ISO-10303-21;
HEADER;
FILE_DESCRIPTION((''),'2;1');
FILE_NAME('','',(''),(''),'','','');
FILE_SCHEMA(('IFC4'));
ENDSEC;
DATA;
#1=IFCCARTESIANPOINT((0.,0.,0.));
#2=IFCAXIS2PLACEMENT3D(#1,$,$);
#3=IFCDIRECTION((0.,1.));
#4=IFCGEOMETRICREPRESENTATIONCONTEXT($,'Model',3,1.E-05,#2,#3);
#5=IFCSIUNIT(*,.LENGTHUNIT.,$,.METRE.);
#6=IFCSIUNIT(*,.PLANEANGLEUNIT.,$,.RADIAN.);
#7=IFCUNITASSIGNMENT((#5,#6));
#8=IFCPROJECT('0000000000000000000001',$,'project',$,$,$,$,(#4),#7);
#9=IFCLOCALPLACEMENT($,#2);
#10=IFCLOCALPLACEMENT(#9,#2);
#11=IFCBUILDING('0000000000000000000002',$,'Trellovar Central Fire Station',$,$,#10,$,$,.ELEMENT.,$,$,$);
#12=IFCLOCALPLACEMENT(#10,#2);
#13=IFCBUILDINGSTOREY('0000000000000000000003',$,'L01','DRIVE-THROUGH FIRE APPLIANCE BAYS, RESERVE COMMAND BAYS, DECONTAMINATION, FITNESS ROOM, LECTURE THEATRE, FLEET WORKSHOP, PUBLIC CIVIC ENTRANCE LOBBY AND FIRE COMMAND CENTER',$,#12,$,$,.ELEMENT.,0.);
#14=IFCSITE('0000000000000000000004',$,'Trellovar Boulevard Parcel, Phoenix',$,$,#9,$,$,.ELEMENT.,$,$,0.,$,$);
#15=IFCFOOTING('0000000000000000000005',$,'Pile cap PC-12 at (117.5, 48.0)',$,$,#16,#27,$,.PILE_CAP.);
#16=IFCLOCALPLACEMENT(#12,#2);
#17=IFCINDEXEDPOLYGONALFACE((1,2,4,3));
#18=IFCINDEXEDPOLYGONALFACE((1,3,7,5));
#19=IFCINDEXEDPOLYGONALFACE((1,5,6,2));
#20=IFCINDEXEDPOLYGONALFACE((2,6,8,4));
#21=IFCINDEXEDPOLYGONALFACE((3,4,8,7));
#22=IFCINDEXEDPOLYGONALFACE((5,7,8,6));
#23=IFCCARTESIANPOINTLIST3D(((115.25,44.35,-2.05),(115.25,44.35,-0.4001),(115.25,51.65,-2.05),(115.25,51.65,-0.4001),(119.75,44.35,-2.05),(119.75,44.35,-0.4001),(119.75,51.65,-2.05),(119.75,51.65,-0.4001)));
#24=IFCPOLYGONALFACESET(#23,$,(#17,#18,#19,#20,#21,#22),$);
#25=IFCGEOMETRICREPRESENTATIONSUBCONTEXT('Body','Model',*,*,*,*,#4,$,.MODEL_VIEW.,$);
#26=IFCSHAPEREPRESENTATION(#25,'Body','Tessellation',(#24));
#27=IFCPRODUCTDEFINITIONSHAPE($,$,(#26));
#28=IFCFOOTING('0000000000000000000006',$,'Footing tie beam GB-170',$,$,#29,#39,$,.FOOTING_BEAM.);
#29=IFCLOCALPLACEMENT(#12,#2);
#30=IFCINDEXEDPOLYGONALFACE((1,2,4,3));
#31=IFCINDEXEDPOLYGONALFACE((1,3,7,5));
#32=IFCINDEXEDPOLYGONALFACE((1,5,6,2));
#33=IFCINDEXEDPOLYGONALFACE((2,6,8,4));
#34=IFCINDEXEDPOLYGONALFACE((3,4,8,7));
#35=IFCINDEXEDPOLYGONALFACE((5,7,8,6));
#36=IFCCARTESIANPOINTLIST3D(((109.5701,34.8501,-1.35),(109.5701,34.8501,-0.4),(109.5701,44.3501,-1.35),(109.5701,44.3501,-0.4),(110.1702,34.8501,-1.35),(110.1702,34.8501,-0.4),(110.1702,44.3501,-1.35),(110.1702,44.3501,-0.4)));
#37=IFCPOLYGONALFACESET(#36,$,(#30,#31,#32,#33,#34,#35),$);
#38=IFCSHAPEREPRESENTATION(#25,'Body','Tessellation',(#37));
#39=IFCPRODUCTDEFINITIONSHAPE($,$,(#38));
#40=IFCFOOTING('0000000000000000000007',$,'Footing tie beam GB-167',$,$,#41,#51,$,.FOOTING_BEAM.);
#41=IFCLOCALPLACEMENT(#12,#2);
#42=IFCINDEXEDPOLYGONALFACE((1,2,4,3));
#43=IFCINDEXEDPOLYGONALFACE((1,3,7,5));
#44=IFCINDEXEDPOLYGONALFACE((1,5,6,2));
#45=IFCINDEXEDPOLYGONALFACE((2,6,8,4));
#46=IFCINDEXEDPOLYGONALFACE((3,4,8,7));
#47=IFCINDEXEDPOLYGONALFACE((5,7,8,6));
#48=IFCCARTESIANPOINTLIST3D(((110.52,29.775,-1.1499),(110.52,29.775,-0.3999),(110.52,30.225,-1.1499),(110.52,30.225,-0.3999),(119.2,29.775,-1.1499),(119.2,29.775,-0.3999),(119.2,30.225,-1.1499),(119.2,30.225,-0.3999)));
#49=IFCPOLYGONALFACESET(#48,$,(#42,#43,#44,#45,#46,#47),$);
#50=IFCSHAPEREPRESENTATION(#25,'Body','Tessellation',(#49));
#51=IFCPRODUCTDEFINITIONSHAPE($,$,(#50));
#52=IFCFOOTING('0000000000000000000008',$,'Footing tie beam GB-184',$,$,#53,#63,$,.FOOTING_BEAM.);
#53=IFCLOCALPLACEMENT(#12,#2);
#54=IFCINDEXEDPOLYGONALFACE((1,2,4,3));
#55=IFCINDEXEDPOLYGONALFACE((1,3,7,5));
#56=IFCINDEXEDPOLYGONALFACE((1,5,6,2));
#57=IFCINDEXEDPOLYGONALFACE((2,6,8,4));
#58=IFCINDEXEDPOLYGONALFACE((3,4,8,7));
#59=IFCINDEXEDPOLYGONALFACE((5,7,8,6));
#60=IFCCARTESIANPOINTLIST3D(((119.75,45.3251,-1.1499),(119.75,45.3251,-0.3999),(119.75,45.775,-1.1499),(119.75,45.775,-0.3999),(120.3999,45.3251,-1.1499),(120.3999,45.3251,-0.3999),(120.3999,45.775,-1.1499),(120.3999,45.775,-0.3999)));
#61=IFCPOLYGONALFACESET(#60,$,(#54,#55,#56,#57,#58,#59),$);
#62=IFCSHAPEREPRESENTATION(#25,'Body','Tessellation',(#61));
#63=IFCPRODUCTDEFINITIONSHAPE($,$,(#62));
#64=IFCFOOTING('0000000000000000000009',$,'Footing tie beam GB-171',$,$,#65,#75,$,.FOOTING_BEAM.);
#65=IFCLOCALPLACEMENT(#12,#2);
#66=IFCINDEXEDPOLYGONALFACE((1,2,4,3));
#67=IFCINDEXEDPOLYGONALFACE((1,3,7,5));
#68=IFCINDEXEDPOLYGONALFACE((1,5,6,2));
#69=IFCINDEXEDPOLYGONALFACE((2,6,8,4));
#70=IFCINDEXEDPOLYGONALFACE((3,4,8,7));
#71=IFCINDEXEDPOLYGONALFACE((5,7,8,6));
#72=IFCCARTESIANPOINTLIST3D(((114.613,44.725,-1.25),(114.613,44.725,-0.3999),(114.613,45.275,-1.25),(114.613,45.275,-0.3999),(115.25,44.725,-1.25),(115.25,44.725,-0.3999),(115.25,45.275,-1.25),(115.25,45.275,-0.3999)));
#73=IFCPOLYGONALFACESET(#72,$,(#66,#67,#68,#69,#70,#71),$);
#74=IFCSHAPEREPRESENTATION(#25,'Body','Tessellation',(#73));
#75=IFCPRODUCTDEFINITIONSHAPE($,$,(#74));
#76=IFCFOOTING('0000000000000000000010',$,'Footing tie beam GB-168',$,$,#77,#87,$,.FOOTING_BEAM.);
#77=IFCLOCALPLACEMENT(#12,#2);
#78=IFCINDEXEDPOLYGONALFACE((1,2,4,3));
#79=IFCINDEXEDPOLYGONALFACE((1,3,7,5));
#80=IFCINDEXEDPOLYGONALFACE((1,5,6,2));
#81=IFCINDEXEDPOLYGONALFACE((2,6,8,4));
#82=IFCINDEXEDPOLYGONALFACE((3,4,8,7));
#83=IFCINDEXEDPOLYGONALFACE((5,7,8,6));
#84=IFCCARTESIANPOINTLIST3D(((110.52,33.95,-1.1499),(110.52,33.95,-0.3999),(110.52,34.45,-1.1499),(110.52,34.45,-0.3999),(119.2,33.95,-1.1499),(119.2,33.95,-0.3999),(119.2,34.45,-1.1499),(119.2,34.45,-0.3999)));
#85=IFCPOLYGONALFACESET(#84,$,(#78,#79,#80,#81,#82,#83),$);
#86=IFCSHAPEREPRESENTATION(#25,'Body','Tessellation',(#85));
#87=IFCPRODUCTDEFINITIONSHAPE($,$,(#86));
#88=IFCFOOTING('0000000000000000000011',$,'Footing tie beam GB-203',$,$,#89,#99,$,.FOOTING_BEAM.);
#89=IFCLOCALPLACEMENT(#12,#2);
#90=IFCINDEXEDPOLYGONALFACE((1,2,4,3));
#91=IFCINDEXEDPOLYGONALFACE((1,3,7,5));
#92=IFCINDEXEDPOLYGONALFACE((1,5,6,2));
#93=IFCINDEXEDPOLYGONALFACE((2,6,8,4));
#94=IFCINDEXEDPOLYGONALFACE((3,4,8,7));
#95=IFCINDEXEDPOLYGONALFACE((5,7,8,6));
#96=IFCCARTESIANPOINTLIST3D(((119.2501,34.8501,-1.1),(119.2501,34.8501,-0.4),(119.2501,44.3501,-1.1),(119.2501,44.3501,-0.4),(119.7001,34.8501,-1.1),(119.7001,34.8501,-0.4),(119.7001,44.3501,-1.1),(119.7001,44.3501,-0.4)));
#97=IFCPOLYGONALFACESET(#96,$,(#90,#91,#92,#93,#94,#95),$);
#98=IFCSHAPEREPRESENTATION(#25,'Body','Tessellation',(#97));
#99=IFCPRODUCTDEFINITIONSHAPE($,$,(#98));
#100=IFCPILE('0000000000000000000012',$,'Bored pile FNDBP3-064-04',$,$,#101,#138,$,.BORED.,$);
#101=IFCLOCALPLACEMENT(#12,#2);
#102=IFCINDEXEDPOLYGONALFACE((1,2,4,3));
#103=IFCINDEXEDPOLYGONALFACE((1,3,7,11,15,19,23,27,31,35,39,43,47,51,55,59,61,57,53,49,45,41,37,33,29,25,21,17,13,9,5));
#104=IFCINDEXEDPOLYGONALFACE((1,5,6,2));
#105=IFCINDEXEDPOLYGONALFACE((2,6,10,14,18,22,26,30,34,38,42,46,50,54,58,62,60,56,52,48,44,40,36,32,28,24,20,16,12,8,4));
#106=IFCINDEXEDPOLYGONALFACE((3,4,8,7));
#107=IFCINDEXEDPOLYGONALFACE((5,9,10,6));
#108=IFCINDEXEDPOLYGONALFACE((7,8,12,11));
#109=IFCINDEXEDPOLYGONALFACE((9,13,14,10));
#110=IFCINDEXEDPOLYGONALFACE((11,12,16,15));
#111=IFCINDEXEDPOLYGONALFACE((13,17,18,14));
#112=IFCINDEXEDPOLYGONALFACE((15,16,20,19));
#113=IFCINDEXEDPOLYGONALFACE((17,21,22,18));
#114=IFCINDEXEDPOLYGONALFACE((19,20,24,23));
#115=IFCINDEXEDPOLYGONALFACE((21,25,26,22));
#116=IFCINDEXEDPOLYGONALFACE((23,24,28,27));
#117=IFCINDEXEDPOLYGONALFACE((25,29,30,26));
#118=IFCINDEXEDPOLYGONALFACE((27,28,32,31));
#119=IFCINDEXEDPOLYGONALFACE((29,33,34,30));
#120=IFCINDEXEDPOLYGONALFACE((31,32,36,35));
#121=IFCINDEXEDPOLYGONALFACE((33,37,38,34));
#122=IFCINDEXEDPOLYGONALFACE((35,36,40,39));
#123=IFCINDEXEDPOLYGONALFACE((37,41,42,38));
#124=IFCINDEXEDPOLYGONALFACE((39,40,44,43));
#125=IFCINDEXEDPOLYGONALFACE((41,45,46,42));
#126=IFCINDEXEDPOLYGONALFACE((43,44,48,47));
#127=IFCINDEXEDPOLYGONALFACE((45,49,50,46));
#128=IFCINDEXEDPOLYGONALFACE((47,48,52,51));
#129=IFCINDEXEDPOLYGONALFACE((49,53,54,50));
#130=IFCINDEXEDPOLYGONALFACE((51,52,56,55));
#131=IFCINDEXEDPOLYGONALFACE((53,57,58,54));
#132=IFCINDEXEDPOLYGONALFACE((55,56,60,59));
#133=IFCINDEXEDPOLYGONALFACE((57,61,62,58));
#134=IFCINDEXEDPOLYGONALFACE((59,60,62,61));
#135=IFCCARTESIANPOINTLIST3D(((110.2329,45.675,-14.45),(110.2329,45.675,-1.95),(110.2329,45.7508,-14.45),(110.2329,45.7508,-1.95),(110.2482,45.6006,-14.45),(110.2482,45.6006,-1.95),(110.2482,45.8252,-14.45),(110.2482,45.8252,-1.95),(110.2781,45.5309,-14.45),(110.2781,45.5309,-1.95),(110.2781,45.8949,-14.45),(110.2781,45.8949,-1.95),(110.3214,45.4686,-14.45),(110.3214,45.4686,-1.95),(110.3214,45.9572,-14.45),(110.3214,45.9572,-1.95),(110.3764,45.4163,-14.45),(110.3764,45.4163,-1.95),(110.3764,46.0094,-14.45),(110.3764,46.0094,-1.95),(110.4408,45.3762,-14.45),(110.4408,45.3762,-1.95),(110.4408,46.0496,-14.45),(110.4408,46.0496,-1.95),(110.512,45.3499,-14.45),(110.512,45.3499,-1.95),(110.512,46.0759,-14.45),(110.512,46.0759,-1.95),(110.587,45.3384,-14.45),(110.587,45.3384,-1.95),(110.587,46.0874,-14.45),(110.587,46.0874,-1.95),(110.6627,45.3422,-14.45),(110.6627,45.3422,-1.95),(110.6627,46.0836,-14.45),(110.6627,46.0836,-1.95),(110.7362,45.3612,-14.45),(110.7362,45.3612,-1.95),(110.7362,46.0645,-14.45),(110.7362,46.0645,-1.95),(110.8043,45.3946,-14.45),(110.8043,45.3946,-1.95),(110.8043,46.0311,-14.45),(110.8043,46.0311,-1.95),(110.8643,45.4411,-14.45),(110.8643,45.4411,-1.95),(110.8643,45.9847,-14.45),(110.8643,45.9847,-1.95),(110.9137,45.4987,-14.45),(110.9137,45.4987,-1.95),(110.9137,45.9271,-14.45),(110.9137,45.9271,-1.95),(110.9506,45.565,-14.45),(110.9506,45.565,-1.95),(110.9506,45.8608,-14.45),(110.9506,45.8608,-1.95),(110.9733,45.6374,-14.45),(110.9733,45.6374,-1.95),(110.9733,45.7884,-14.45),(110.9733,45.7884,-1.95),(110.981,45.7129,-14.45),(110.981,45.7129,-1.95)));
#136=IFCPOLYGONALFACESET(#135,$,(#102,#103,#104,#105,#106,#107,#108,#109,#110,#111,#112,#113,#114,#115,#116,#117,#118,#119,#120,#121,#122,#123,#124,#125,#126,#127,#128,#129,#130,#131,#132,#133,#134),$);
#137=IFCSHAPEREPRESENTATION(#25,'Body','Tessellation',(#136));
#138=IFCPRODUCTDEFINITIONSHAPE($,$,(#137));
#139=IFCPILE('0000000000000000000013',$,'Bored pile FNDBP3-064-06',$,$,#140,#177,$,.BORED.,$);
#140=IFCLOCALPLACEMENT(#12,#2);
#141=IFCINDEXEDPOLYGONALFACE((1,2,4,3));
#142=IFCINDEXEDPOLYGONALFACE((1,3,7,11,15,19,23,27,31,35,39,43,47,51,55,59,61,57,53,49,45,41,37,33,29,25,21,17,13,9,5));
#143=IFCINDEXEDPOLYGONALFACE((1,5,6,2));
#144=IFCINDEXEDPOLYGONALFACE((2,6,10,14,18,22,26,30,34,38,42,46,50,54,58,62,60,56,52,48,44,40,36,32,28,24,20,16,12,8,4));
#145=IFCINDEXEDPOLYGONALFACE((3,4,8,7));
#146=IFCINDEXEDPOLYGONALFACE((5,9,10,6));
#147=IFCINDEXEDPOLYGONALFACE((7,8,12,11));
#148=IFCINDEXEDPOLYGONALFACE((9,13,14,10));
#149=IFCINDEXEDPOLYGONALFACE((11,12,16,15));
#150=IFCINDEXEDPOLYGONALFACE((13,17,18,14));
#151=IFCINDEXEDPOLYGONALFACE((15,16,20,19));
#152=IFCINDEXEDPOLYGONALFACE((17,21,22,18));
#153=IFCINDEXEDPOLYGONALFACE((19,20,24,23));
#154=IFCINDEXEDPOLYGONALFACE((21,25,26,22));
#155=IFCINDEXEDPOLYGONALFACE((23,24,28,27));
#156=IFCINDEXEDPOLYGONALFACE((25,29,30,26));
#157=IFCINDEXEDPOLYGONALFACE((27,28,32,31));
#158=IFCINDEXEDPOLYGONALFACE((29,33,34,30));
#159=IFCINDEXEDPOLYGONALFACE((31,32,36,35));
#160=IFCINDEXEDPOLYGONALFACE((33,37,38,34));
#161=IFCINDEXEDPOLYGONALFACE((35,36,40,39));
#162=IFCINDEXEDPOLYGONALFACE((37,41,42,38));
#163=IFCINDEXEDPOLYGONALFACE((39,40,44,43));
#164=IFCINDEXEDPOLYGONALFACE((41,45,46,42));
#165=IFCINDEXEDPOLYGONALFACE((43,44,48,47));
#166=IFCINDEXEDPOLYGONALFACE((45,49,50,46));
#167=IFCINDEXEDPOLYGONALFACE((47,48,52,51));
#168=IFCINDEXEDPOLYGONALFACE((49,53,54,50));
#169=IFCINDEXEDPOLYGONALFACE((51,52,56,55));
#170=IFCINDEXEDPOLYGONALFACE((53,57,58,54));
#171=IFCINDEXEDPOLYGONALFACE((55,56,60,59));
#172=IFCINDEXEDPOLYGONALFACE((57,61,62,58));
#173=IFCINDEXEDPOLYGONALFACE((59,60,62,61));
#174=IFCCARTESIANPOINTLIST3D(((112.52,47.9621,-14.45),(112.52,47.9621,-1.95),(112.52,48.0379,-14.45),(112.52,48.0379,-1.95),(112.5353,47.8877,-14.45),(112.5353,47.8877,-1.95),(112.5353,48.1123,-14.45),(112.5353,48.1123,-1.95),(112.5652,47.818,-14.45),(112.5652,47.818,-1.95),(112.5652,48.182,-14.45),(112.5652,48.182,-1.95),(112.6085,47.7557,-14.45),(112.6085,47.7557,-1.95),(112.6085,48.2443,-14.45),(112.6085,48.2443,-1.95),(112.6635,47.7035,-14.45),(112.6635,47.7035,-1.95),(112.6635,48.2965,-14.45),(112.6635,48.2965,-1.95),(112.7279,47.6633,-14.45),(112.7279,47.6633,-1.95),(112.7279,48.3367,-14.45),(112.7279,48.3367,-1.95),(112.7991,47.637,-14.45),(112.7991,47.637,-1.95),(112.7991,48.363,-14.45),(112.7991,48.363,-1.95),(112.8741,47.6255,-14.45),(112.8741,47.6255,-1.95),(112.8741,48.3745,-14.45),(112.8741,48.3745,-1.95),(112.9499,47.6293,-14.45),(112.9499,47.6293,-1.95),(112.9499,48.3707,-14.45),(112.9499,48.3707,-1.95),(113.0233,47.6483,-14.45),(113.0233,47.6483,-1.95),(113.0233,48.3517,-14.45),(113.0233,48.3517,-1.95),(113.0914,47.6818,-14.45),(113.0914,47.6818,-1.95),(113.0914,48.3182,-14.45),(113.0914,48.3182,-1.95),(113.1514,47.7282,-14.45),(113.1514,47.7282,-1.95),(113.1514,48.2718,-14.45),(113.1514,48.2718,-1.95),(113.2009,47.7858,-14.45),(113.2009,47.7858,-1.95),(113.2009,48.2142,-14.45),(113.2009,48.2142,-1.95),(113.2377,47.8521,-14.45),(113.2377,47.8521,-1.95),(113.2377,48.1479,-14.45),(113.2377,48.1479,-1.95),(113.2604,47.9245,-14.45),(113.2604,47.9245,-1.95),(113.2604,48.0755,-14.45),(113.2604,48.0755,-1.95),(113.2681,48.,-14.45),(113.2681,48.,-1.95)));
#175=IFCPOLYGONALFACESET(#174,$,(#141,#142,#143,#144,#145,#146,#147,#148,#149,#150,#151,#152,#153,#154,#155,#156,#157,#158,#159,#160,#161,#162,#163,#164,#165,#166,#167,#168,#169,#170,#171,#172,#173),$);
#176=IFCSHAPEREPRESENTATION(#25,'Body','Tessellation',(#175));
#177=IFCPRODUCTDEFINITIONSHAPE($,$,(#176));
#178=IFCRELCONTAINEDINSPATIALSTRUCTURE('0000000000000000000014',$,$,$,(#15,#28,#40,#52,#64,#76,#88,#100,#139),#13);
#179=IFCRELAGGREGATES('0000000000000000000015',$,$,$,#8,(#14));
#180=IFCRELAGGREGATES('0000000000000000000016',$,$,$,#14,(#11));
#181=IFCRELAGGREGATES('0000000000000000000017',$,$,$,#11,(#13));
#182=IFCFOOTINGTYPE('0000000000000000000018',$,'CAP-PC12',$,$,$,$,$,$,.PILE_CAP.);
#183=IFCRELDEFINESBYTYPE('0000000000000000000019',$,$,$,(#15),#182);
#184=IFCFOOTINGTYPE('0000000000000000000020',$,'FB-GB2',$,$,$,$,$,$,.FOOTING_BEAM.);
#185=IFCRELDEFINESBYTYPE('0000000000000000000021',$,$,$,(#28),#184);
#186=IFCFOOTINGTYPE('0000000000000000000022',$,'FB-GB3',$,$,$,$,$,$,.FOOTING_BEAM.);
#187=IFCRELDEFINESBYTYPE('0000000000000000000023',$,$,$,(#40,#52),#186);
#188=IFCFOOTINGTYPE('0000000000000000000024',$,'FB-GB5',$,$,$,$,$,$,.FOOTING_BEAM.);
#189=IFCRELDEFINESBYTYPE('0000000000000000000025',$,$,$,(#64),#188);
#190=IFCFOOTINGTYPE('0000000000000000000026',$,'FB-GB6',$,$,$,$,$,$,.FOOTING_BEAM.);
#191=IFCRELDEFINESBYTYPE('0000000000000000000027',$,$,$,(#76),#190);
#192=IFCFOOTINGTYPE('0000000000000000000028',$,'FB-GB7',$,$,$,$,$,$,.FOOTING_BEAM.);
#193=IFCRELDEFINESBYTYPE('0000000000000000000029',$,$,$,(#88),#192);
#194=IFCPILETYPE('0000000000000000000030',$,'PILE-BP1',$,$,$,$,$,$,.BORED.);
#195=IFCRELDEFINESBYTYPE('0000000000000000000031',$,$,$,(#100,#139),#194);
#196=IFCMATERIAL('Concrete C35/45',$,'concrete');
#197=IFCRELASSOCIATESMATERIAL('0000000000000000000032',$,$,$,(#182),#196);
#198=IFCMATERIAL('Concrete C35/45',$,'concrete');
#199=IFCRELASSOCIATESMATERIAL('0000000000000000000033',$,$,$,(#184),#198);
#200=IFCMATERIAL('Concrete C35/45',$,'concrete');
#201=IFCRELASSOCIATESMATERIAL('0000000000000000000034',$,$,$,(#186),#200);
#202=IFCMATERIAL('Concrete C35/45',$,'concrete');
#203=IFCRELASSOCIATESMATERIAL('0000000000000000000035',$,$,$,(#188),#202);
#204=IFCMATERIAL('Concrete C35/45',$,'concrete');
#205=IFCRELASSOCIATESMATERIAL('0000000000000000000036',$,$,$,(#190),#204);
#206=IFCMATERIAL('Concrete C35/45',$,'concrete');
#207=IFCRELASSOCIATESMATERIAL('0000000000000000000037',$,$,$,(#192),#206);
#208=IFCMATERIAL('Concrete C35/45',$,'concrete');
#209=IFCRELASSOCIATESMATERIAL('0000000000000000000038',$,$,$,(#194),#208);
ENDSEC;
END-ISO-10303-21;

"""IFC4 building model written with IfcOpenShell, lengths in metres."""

from ifc_helpers import new_model, si_unit, direction, frame, origin, origin_2d, place, context, subcontext, project, spatial, rectangle, circle, extrude, material, material_profile, profile_set, type_object, element, save


model = new_model("IFC4")

# Units and contexts
model_context = context("Model", 3, precision=1e-05, world=origin(), true_north=direction((0.0, 1.0)))
body_context = subcontext(model_context, "Body", "Model", "MODEL_VIEW")
ifc_project = project(units=[si_unit("LENGTHUNIT", "METRE"), si_unit("PLANEANGLEUNIT", "RADIAN")], contexts=[model_context])

# Site, building, storey
site_placement = place(None, origin())
site = spatial("IfcSite", under=ifc_project, at=site_placement, Name="Trellovar Boulevard Parcel, Phoenix", CompositionType="ELEMENT", RefElevation=0.0)
building_placement = place(site_placement, origin())
building = spatial("IfcBuilding", under=site, at=building_placement, Name="Trellovar Central Fire Station", CompositionType="ELEMENT")
storey_placement = place(building_placement, origin())
storey = spatial("IfcBuildingStorey", under=building, at=storey_placement, Name="L01", Description="DRIVE-THROUGH FIRE APPLIANCE BAYS, RESERVE COMMAND BAYS, DECONTAMINATION, FITNESS ROOM, LECTURE THEATRE, FLEET WORKSHOP, PUBLIC CIVIC ENTRANCE LOBBY AND FIRE COMMAND CENTER", CompositionType="ELEMENT", Elevation=0.0)

# Footings
ifc_material_1 = material(Name="Concrete C35/45", Category="concrete")
footing_type_1 = type_object("IfcFootingType", Name="CAP-PC12", PredefinedType="PILE_CAP", material=ifc_material_1)
footing_1_placement = place(storey_placement, frame((117.5, 48.0, -2.05), z_axis=(0.0, 0.0, 1.0), x_axis=(1.0, 0.0, 0.0)))
element("IfcFooting", 1, at=footing_1_placement, inside=storey, type_object=footing_type_1, Name="Pile cap PC-12 at (117.5, 48.0)", PredefinedType="PILE_CAP", context=body_context, shape_type="SweptSolid", body=[
    extrude(rectangle(XDim=4.5, YDim=7.3, at=origin_2d()), origin(), (0.0, 0.0, 1.0), 1.6499),
])
ifc_material_2 = material(Name="Concrete C35/45", Category="concrete")
ifc_material_profile_1 = material_profile(ifc_material_2, rectangle(XDim=0.6001, YDim=0.95, at=origin_2d()), Name="RC600X950")
ifc_profile_set_1 = profile_set([ifc_material_profile_1], Name="Concrete C35/45")
footing_type_2 = type_object("IfcFootingType", Name="FB-GB2", PredefinedType="FOOTING_BEAM", material=ifc_profile_set_1)
footing_2_placement = place(storey_placement, frame((109.8701, 34.8501, -0.875), z_axis=(0.0, 1.0, 0.0), x_axis=(-1.0, 0.0, 0.0)))
element("IfcFooting", 2, at=footing_2_placement, inside=storey, type_object=footing_type_2, Name="Footing tie beam GB-170", PredefinedType="FOOTING_BEAM", context=body_context, shape_type="SweptSolid", body=[
    extrude(rectangle(XDim=0.6001, YDim=0.95, at=origin_2d()), origin(), (0.0, 0.0, 1.0), 9.5),
])
ifc_material_3 = material(Name="Concrete C35/45", Category="concrete")
ifc_material_profile_2 = material_profile(ifc_material_3, rectangle(XDim=0.45, YDim=0.75, at=origin_2d()), Name="RC450X750")
ifc_profile_set_2 = profile_set([ifc_material_profile_2], Name="Concrete C35/45")
footing_type_3 = type_object("IfcFootingType", Name="FB-GB3", PredefinedType="FOOTING_BEAM", material=ifc_profile_set_2)
footing_3_placement = place(storey_placement, frame((110.52, 30.0, -0.7749), z_axis=(1.0, 0.0, 0.0), x_axis=(0.0, 1.0, 0.0)))
element("IfcFooting", 3, at=footing_3_placement, inside=storey, type_object=footing_type_3, Name="Footing tie beam GB-167", PredefinedType="FOOTING_BEAM", context=body_context, shape_type="SweptSolid", body=[
    extrude(rectangle(XDim=0.45, YDim=0.75, at=origin_2d()), origin(), (0.0, 0.0, 1.0), 8.6799),
])
footing_4_placement = place(storey_placement, frame((119.75, 45.55, -0.7749), z_axis=(1.0, 0.0, 0.0), x_axis=(0.0, 1.0, 0.0)))
element("IfcFooting", 4, at=footing_4_placement, inside=storey, type_object=footing_type_3, Name="Footing tie beam GB-184", PredefinedType="FOOTING_BEAM", context=body_context, shape_type="SweptSolid", body=[
    extrude(rectangle(XDim=0.45, YDim=0.75, at=origin_2d()), origin(), (0.0, 0.0, 1.0), 0.6499),
])
ifc_material_4 = material(Name="Concrete C35/45", Category="concrete")
ifc_material_profile_3 = material_profile(ifc_material_4, rectangle(XDim=0.55, YDim=0.8501, at=origin_2d()), Name="RC550X850")
ifc_profile_set_3 = profile_set([ifc_material_profile_3], Name="Concrete C35/45")
footing_type_4 = type_object("IfcFootingType", Name="FB-GB5", PredefinedType="FOOTING_BEAM", material=ifc_profile_set_3)
footing_5_placement = place(storey_placement, frame((114.613, 45.0, -0.825), z_axis=(1.0, 0.0, 0.0), x_axis=(0.0, 1.0, 0.0)))
element("IfcFooting", 5, at=footing_5_placement, inside=storey, type_object=footing_type_4, Name="Footing tie beam GB-171", PredefinedType="FOOTING_BEAM", context=body_context, shape_type="SweptSolid", body=[
    extrude(rectangle(XDim=0.55, YDim=0.8501, at=origin_2d()), origin(), (0.0, 0.0, 1.0), 0.637),
])
ifc_material_5 = material(Name="Concrete C35/45", Category="concrete")
ifc_material_profile_4 = material_profile(ifc_material_5, rectangle(XDim=0.5, YDim=0.75, at=origin_2d()), Name="RC500X750")
ifc_profile_set_4 = profile_set([ifc_material_profile_4], Name="Concrete C35/45")
footing_type_5 = type_object("IfcFootingType", Name="FB-GB6", PredefinedType="FOOTING_BEAM", material=ifc_profile_set_4)
footing_6_placement = place(storey_placement, frame((110.52, 34.2, -0.7749), z_axis=(1.0, 0.0, 0.0), x_axis=(0.0, 1.0, 0.0)))
element("IfcFooting", 6, at=footing_6_placement, inside=storey, type_object=footing_type_5, Name="Footing tie beam GB-168", PredefinedType="FOOTING_BEAM", context=body_context, shape_type="SweptSolid", body=[
    extrude(rectangle(XDim=0.5, YDim=0.75, at=origin_2d()), origin(), (0.0, 0.0, 1.0), 8.6799),
])
ifc_material_6 = material(Name="Concrete C35/45", Category="concrete")
ifc_material_profile_5 = material_profile(ifc_material_6, rectangle(XDim=0.45, YDim=0.7, at=origin_2d()), Name="RC450X700")
ifc_profile_set_5 = profile_set([ifc_material_profile_5], Name="Concrete C35/45")
footing_type_6 = type_object("IfcFootingType", Name="FB-GB7", PredefinedType="FOOTING_BEAM", material=ifc_profile_set_5)
footing_7_placement = place(storey_placement, frame((119.4751, 34.8501, -0.75), z_axis=(0.0, 1.0, 0.0), x_axis=(-1.0, 0.0, 0.0)))
element("IfcFooting", 7, at=footing_7_placement, inside=storey, type_object=footing_type_6, Name="Footing tie beam GB-203", PredefinedType="FOOTING_BEAM", context=body_context, shape_type="SweptSolid", body=[
    extrude(rectangle(XDim=0.45, YDim=0.7, at=origin_2d()), origin(), (0.0, 0.0, 1.0), 9.5),
])

# Piles
ifc_material_7 = material(Name="Concrete C35/45", Category="concrete")
ifc_material_profile_6 = material_profile(ifc_material_7, circle(Radius=0.375, at=origin_2d()), Name="PILE750")
ifc_profile_set_6 = profile_set([ifc_material_profile_6], Name="Concrete C35/45")
pile_type_1 = type_object("IfcPileType", Name="PILE-BP1", PredefinedType="BORED", material=ifc_profile_set_6)
for number, where, z_axis, x_axis, name in (
    (8, (110.606, 45.7129, -1.95), (0.0, 0.0, -1.0), (1.0, 0.0, 0.0), "Bored pile FNDBP3-064-04"),
    (9, (112.8931, 48.0, -1.95), (0.0, 0.0, -1.0), (1.0, 0.0, 0.0), "Bored pile FNDBP3-064-06"),
):
    element("IfcPile", number, at=place(storey_placement, frame(where, z_axis=z_axis, x_axis=x_axis)), inside=storey, type_object=pile_type_1, Name=name, PredefinedType="BORED", context=body_context, shape_type="SweptSolid", body=[
        extrude(circle(Radius=0.375, at=origin_2d()), origin(), (0.0, 0.0, 1.0), 12.5),
    ])

save(model, "model.ifc")
